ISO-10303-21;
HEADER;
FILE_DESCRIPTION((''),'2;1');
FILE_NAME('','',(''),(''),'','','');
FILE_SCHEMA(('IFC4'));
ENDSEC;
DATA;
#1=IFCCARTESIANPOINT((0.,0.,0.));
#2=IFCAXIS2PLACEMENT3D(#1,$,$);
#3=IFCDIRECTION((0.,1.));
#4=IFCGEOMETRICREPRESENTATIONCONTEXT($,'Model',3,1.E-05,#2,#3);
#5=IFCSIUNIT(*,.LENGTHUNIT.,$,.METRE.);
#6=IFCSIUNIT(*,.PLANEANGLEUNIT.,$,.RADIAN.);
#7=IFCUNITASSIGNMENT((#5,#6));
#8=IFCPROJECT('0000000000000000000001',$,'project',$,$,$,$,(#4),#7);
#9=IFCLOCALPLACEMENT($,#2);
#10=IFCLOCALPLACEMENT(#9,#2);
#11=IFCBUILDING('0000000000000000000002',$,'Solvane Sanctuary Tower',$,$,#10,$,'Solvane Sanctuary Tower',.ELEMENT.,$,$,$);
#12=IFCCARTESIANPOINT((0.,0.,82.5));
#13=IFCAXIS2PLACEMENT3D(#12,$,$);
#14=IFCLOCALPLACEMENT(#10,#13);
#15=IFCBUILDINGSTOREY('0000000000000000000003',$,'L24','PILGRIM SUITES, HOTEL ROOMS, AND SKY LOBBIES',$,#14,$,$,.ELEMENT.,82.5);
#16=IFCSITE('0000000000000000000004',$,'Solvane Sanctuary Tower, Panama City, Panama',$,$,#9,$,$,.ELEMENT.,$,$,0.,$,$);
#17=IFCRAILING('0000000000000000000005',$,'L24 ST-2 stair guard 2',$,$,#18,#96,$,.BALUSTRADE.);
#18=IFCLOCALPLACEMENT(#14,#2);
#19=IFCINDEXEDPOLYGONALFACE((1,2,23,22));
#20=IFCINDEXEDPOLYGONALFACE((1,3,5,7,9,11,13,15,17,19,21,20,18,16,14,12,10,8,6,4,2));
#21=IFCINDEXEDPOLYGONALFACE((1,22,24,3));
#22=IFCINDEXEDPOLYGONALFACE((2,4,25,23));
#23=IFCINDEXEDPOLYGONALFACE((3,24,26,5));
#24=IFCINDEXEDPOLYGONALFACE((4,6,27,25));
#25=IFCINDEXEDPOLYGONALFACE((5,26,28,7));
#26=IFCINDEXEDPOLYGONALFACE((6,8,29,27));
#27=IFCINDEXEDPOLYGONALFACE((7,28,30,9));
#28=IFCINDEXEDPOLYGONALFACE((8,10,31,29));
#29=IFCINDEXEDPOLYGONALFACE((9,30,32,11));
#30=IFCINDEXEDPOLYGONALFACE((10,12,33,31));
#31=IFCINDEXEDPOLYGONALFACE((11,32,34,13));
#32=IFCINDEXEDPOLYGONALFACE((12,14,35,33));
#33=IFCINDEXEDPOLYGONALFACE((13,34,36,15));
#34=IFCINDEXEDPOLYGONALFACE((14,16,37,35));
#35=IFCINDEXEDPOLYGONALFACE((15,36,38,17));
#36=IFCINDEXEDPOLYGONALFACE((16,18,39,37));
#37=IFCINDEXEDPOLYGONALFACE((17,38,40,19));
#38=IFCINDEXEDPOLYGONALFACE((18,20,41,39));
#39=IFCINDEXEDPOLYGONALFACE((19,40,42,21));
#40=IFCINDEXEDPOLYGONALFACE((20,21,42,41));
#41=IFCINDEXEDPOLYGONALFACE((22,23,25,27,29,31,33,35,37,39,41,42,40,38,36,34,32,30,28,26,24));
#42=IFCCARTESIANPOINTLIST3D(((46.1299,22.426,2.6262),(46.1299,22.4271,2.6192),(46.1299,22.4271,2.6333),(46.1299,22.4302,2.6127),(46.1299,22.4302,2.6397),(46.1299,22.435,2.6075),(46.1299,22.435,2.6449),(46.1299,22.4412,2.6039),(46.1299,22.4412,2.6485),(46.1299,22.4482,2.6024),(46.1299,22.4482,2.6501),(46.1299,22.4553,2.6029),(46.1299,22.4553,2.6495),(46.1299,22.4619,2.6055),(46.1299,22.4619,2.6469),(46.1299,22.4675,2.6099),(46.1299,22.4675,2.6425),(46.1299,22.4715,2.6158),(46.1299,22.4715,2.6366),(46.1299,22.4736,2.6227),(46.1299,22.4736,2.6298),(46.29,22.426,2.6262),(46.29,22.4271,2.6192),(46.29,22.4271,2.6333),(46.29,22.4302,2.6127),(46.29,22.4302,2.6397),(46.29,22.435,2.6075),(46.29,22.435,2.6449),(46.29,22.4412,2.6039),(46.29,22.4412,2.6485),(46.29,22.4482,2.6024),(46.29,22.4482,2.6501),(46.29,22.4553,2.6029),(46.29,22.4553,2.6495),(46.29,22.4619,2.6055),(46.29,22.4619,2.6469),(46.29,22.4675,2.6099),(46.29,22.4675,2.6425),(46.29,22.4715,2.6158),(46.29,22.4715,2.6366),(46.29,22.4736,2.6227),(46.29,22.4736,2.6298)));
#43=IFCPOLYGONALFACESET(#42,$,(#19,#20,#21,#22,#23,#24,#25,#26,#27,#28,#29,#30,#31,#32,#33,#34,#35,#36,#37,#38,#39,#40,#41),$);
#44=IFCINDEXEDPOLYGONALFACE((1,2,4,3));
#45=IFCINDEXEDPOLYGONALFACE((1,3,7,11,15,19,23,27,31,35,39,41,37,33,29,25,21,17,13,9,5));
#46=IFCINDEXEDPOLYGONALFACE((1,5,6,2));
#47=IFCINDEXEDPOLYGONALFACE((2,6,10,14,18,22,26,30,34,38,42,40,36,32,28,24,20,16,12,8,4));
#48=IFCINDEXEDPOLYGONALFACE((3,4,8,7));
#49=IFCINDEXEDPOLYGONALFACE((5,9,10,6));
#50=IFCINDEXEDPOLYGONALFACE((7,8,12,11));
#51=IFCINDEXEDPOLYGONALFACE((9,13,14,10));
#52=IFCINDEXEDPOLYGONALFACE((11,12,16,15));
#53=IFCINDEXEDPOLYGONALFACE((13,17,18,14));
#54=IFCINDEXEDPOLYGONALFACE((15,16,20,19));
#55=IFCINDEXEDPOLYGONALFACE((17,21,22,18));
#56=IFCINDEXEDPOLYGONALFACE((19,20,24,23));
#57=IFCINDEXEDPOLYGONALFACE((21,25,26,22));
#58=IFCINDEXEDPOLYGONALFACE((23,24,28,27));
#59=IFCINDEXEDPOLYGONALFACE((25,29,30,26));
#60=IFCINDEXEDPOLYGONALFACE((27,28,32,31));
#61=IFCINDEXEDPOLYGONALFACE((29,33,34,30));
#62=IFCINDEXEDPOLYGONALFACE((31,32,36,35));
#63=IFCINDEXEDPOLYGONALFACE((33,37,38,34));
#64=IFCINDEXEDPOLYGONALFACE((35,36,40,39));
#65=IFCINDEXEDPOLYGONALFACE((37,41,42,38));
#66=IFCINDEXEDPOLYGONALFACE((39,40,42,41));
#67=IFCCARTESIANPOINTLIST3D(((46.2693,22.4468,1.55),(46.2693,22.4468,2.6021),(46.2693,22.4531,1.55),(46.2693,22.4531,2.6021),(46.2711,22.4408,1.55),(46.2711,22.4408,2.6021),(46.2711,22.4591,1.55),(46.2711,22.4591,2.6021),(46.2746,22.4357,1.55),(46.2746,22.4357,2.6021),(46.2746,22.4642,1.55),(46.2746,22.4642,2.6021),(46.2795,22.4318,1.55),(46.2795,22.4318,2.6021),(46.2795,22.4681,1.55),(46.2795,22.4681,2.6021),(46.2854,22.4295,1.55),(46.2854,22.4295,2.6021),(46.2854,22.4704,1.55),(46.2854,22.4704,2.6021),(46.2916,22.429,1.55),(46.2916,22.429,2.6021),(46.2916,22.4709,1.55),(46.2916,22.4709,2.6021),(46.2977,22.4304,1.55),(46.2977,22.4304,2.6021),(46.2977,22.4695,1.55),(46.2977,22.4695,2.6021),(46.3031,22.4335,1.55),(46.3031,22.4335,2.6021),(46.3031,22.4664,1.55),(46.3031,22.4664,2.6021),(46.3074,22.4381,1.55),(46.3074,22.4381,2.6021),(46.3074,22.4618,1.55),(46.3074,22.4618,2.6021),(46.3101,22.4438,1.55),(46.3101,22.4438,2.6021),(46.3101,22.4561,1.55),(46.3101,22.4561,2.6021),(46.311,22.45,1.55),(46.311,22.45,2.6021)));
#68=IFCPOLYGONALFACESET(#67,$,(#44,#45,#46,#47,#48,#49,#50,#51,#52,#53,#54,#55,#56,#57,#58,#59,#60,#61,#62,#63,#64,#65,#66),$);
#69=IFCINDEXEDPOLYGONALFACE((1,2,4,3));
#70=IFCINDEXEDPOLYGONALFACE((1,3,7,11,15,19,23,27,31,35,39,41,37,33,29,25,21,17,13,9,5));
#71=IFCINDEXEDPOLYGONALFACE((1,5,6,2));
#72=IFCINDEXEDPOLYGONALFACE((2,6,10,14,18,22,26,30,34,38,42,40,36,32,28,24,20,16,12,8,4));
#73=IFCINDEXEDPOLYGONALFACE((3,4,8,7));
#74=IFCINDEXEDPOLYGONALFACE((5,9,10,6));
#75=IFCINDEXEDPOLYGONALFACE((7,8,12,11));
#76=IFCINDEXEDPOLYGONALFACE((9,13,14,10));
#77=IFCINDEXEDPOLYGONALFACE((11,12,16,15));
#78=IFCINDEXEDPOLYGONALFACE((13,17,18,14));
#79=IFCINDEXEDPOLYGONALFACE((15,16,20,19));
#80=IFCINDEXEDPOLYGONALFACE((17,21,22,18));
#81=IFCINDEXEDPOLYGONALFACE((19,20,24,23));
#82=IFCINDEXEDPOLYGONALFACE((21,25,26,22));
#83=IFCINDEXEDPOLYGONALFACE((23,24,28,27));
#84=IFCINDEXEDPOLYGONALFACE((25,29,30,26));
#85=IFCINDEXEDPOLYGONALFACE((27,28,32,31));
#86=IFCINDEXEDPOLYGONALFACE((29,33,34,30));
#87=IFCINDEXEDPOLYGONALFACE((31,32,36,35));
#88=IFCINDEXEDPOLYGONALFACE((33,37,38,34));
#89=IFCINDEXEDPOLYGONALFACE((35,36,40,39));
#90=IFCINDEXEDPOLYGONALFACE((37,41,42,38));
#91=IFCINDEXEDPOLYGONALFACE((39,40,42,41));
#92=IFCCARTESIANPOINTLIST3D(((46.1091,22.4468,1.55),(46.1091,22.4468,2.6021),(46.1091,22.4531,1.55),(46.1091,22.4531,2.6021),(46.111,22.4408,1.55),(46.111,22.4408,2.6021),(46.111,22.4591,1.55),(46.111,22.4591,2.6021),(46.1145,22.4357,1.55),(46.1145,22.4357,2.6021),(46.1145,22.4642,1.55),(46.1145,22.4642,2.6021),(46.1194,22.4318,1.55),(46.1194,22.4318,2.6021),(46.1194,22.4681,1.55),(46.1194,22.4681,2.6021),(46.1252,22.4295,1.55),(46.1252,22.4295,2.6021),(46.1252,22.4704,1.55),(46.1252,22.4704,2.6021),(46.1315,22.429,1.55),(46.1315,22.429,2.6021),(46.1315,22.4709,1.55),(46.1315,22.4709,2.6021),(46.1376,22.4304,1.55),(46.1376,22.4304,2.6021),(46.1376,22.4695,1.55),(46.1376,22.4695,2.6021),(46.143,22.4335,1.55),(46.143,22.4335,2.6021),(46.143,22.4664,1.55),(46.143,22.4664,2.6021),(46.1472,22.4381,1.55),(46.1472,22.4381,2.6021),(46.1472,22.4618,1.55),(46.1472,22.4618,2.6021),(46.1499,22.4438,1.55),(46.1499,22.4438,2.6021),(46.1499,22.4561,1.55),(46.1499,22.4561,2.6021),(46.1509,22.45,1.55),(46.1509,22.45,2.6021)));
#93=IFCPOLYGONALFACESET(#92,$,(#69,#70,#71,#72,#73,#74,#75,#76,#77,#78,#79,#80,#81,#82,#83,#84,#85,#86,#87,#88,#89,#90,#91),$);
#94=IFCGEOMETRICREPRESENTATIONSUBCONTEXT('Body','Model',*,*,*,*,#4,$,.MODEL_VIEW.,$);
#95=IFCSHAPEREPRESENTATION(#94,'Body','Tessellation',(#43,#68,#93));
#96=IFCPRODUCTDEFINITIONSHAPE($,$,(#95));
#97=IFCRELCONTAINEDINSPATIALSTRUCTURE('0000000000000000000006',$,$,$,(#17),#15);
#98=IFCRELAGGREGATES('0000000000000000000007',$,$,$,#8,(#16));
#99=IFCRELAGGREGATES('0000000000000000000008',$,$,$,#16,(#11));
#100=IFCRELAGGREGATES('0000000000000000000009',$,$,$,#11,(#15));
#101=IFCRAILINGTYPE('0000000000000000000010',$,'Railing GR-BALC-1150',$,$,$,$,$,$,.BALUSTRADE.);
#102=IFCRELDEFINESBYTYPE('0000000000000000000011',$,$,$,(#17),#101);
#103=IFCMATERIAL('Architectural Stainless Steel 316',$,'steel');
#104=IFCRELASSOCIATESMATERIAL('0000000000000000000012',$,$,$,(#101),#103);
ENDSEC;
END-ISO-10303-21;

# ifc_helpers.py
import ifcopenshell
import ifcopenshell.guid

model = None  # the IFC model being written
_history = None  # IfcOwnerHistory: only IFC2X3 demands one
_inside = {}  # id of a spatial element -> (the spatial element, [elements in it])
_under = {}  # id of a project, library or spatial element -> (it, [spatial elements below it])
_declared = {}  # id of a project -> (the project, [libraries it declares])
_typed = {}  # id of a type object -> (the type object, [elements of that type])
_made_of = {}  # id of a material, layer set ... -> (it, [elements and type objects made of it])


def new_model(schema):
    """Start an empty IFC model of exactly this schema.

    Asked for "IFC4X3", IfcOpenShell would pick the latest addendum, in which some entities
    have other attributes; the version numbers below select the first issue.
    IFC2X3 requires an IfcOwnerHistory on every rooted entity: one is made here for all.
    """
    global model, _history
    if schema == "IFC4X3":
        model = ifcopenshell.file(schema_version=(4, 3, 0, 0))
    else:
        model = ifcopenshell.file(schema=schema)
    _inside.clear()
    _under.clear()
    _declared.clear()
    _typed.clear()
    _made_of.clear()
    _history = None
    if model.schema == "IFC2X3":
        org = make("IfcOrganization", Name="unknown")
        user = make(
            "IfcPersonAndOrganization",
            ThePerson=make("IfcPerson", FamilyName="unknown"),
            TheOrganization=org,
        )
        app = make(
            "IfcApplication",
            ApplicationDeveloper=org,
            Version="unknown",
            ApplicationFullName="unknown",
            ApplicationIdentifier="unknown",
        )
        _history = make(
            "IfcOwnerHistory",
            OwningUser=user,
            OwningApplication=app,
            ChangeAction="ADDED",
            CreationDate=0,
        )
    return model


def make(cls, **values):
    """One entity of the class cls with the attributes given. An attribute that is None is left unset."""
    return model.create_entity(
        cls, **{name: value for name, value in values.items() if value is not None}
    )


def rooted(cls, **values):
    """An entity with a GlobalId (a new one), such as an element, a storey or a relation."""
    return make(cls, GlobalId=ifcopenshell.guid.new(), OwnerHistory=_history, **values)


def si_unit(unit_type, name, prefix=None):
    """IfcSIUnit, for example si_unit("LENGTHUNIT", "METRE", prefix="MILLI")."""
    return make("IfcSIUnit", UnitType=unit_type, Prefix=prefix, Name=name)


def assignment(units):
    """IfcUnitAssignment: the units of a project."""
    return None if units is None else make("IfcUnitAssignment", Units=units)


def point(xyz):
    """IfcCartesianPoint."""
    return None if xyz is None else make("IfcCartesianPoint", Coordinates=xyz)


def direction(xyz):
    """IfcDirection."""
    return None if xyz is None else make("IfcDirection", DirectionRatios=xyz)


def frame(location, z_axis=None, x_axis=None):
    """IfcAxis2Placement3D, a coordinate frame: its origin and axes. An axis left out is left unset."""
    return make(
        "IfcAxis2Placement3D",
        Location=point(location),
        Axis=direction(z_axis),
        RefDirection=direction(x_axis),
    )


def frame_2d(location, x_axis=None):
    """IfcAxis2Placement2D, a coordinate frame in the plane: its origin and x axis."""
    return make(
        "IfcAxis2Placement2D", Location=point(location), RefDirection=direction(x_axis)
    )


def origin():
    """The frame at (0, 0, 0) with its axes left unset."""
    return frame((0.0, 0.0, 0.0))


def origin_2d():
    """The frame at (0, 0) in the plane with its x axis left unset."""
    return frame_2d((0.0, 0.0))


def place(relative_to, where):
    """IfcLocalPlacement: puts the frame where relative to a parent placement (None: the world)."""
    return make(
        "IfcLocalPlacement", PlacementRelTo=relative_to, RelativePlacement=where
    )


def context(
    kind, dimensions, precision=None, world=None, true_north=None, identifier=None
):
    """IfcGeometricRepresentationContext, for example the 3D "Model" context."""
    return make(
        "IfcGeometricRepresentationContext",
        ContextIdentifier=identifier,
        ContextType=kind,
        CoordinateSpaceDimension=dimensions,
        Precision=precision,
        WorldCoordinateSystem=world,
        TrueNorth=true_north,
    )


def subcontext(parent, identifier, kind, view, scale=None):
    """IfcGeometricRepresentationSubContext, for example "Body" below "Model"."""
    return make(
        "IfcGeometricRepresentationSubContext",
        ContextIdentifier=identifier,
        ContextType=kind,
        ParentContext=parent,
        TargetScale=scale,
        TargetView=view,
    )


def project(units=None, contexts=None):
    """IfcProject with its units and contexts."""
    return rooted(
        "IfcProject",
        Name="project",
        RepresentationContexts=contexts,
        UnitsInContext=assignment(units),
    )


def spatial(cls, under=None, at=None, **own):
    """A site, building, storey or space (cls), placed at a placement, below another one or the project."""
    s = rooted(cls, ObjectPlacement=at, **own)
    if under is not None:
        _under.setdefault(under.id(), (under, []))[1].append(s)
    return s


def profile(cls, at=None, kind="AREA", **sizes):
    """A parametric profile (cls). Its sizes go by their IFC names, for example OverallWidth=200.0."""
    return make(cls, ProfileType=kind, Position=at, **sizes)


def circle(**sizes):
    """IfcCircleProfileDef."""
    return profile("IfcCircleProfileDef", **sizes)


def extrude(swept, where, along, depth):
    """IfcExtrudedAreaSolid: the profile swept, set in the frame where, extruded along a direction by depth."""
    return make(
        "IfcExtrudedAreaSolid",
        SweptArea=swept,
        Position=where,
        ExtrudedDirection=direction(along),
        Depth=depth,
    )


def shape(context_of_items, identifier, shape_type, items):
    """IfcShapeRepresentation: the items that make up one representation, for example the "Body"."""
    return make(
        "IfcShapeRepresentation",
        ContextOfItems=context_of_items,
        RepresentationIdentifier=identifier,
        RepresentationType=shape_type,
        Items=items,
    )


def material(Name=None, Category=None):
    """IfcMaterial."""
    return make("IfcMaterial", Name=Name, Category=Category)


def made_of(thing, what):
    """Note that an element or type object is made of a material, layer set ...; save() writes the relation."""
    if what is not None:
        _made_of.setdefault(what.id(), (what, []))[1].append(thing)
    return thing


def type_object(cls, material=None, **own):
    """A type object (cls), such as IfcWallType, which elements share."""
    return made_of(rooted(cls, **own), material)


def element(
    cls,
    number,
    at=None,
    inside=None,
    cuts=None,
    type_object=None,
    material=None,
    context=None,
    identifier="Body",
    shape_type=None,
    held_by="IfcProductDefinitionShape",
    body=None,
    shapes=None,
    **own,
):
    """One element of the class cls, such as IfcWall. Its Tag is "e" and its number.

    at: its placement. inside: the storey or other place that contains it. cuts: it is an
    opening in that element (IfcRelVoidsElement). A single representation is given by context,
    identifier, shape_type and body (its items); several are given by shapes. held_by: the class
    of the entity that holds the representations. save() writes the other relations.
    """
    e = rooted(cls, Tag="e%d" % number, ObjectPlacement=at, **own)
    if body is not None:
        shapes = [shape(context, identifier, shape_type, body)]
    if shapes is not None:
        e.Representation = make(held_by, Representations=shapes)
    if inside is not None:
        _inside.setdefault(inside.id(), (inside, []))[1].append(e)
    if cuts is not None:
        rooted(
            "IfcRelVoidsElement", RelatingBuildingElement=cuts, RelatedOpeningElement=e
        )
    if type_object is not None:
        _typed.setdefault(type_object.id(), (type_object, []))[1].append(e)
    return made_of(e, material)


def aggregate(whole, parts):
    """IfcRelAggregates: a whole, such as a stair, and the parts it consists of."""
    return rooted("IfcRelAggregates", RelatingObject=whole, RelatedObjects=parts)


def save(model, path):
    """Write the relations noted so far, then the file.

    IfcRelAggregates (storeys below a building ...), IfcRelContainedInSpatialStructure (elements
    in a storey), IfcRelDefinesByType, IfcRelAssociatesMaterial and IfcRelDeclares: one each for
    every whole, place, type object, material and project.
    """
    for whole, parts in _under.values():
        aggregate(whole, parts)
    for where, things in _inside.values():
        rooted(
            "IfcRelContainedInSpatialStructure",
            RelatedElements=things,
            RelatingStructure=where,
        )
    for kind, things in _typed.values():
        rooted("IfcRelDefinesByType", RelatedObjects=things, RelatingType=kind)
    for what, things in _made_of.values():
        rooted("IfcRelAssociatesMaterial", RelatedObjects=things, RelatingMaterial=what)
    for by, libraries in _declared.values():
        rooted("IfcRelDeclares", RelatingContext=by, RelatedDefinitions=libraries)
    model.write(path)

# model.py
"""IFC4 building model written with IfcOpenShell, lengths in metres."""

from ifc_helpers import new_model, si_unit, direction, frame, origin, origin_2d, place, context, subcontext, project, spatial, circle, extrude, material, type_object, element, save


model = new_model("IFC4")

# Units and contexts
model_context = context("Model", 3, precision=1e-05, world=origin(), true_north=direction((0.0, 1.0)))
body_context = subcontext(model_context, "Body", "Model", "MODEL_VIEW")
ifc_project = project(units=[si_unit("LENGTHUNIT", "METRE"), si_unit("PLANEANGLEUNIT", "RADIAN")], contexts=[model_context])

# Site, building, storey
site_placement = place(None, origin())
site = spatial("IfcSite", under=ifc_project, at=site_placement, Name="Solvane Sanctuary Tower, Panama City, Panama", CompositionType="ELEMENT", RefElevation=0.0)
building_placement = place(site_placement, origin())
building = spatial("IfcBuilding", under=site, at=building_placement, Name="Solvane Sanctuary Tower", LongName="Solvane Sanctuary Tower", CompositionType="ELEMENT")
storey_placement = place(building_placement, frame((0.0, 0.0, 82.5)))
storey = spatial("IfcBuildingStorey", under=building, at=storey_placement, Name="L24", Description="PILGRIM SUITES, HOTEL ROOMS, AND SKY LOBBIES", CompositionType="ELEMENT", Elevation=82.5)

# Shared definitions
ifc_material_1 = material(Name="Architectural Stainless Steel 316", Category="steel")

# Railing
railing_type_1 = type_object("IfcRailingType", Name="Railing GR-BALC-1150", PredefinedType="BALUSTRADE", material=ifc_material_1)
railing_1_placement = place(storey_placement, frame((46.29, 22.45, 1.55)))
element("IfcRailing", 1, at=railing_1_placement, inside=storey, type_object=railing_type_1, Name="L24 ST-2 stair guard 2", PredefinedType="BALUSTRADE", context=body_context, shape_type="SweptSolid", body=[
    extrude(circle(Radius=0.0239, at=origin_2d()), frame((0.0, 0.0, 1.0762), z_axis=(-1.0, 0.0, 0.0), x_axis=(0.0, -1.0, 0.0)), (0.0, 0.0, 1.0), 0.1602),
    extrude(circle(Radius=0.021, at=origin_2d()), origin(), (0.0, 0.0, 1.0), 1.052),
    extrude(circle(Radius=0.021, at=origin_2d()), frame((-0.1602, 0.0, 0.0)), (0.0, 0.0, 1.0), 1.052),
])

save(model, "model.ifc")
